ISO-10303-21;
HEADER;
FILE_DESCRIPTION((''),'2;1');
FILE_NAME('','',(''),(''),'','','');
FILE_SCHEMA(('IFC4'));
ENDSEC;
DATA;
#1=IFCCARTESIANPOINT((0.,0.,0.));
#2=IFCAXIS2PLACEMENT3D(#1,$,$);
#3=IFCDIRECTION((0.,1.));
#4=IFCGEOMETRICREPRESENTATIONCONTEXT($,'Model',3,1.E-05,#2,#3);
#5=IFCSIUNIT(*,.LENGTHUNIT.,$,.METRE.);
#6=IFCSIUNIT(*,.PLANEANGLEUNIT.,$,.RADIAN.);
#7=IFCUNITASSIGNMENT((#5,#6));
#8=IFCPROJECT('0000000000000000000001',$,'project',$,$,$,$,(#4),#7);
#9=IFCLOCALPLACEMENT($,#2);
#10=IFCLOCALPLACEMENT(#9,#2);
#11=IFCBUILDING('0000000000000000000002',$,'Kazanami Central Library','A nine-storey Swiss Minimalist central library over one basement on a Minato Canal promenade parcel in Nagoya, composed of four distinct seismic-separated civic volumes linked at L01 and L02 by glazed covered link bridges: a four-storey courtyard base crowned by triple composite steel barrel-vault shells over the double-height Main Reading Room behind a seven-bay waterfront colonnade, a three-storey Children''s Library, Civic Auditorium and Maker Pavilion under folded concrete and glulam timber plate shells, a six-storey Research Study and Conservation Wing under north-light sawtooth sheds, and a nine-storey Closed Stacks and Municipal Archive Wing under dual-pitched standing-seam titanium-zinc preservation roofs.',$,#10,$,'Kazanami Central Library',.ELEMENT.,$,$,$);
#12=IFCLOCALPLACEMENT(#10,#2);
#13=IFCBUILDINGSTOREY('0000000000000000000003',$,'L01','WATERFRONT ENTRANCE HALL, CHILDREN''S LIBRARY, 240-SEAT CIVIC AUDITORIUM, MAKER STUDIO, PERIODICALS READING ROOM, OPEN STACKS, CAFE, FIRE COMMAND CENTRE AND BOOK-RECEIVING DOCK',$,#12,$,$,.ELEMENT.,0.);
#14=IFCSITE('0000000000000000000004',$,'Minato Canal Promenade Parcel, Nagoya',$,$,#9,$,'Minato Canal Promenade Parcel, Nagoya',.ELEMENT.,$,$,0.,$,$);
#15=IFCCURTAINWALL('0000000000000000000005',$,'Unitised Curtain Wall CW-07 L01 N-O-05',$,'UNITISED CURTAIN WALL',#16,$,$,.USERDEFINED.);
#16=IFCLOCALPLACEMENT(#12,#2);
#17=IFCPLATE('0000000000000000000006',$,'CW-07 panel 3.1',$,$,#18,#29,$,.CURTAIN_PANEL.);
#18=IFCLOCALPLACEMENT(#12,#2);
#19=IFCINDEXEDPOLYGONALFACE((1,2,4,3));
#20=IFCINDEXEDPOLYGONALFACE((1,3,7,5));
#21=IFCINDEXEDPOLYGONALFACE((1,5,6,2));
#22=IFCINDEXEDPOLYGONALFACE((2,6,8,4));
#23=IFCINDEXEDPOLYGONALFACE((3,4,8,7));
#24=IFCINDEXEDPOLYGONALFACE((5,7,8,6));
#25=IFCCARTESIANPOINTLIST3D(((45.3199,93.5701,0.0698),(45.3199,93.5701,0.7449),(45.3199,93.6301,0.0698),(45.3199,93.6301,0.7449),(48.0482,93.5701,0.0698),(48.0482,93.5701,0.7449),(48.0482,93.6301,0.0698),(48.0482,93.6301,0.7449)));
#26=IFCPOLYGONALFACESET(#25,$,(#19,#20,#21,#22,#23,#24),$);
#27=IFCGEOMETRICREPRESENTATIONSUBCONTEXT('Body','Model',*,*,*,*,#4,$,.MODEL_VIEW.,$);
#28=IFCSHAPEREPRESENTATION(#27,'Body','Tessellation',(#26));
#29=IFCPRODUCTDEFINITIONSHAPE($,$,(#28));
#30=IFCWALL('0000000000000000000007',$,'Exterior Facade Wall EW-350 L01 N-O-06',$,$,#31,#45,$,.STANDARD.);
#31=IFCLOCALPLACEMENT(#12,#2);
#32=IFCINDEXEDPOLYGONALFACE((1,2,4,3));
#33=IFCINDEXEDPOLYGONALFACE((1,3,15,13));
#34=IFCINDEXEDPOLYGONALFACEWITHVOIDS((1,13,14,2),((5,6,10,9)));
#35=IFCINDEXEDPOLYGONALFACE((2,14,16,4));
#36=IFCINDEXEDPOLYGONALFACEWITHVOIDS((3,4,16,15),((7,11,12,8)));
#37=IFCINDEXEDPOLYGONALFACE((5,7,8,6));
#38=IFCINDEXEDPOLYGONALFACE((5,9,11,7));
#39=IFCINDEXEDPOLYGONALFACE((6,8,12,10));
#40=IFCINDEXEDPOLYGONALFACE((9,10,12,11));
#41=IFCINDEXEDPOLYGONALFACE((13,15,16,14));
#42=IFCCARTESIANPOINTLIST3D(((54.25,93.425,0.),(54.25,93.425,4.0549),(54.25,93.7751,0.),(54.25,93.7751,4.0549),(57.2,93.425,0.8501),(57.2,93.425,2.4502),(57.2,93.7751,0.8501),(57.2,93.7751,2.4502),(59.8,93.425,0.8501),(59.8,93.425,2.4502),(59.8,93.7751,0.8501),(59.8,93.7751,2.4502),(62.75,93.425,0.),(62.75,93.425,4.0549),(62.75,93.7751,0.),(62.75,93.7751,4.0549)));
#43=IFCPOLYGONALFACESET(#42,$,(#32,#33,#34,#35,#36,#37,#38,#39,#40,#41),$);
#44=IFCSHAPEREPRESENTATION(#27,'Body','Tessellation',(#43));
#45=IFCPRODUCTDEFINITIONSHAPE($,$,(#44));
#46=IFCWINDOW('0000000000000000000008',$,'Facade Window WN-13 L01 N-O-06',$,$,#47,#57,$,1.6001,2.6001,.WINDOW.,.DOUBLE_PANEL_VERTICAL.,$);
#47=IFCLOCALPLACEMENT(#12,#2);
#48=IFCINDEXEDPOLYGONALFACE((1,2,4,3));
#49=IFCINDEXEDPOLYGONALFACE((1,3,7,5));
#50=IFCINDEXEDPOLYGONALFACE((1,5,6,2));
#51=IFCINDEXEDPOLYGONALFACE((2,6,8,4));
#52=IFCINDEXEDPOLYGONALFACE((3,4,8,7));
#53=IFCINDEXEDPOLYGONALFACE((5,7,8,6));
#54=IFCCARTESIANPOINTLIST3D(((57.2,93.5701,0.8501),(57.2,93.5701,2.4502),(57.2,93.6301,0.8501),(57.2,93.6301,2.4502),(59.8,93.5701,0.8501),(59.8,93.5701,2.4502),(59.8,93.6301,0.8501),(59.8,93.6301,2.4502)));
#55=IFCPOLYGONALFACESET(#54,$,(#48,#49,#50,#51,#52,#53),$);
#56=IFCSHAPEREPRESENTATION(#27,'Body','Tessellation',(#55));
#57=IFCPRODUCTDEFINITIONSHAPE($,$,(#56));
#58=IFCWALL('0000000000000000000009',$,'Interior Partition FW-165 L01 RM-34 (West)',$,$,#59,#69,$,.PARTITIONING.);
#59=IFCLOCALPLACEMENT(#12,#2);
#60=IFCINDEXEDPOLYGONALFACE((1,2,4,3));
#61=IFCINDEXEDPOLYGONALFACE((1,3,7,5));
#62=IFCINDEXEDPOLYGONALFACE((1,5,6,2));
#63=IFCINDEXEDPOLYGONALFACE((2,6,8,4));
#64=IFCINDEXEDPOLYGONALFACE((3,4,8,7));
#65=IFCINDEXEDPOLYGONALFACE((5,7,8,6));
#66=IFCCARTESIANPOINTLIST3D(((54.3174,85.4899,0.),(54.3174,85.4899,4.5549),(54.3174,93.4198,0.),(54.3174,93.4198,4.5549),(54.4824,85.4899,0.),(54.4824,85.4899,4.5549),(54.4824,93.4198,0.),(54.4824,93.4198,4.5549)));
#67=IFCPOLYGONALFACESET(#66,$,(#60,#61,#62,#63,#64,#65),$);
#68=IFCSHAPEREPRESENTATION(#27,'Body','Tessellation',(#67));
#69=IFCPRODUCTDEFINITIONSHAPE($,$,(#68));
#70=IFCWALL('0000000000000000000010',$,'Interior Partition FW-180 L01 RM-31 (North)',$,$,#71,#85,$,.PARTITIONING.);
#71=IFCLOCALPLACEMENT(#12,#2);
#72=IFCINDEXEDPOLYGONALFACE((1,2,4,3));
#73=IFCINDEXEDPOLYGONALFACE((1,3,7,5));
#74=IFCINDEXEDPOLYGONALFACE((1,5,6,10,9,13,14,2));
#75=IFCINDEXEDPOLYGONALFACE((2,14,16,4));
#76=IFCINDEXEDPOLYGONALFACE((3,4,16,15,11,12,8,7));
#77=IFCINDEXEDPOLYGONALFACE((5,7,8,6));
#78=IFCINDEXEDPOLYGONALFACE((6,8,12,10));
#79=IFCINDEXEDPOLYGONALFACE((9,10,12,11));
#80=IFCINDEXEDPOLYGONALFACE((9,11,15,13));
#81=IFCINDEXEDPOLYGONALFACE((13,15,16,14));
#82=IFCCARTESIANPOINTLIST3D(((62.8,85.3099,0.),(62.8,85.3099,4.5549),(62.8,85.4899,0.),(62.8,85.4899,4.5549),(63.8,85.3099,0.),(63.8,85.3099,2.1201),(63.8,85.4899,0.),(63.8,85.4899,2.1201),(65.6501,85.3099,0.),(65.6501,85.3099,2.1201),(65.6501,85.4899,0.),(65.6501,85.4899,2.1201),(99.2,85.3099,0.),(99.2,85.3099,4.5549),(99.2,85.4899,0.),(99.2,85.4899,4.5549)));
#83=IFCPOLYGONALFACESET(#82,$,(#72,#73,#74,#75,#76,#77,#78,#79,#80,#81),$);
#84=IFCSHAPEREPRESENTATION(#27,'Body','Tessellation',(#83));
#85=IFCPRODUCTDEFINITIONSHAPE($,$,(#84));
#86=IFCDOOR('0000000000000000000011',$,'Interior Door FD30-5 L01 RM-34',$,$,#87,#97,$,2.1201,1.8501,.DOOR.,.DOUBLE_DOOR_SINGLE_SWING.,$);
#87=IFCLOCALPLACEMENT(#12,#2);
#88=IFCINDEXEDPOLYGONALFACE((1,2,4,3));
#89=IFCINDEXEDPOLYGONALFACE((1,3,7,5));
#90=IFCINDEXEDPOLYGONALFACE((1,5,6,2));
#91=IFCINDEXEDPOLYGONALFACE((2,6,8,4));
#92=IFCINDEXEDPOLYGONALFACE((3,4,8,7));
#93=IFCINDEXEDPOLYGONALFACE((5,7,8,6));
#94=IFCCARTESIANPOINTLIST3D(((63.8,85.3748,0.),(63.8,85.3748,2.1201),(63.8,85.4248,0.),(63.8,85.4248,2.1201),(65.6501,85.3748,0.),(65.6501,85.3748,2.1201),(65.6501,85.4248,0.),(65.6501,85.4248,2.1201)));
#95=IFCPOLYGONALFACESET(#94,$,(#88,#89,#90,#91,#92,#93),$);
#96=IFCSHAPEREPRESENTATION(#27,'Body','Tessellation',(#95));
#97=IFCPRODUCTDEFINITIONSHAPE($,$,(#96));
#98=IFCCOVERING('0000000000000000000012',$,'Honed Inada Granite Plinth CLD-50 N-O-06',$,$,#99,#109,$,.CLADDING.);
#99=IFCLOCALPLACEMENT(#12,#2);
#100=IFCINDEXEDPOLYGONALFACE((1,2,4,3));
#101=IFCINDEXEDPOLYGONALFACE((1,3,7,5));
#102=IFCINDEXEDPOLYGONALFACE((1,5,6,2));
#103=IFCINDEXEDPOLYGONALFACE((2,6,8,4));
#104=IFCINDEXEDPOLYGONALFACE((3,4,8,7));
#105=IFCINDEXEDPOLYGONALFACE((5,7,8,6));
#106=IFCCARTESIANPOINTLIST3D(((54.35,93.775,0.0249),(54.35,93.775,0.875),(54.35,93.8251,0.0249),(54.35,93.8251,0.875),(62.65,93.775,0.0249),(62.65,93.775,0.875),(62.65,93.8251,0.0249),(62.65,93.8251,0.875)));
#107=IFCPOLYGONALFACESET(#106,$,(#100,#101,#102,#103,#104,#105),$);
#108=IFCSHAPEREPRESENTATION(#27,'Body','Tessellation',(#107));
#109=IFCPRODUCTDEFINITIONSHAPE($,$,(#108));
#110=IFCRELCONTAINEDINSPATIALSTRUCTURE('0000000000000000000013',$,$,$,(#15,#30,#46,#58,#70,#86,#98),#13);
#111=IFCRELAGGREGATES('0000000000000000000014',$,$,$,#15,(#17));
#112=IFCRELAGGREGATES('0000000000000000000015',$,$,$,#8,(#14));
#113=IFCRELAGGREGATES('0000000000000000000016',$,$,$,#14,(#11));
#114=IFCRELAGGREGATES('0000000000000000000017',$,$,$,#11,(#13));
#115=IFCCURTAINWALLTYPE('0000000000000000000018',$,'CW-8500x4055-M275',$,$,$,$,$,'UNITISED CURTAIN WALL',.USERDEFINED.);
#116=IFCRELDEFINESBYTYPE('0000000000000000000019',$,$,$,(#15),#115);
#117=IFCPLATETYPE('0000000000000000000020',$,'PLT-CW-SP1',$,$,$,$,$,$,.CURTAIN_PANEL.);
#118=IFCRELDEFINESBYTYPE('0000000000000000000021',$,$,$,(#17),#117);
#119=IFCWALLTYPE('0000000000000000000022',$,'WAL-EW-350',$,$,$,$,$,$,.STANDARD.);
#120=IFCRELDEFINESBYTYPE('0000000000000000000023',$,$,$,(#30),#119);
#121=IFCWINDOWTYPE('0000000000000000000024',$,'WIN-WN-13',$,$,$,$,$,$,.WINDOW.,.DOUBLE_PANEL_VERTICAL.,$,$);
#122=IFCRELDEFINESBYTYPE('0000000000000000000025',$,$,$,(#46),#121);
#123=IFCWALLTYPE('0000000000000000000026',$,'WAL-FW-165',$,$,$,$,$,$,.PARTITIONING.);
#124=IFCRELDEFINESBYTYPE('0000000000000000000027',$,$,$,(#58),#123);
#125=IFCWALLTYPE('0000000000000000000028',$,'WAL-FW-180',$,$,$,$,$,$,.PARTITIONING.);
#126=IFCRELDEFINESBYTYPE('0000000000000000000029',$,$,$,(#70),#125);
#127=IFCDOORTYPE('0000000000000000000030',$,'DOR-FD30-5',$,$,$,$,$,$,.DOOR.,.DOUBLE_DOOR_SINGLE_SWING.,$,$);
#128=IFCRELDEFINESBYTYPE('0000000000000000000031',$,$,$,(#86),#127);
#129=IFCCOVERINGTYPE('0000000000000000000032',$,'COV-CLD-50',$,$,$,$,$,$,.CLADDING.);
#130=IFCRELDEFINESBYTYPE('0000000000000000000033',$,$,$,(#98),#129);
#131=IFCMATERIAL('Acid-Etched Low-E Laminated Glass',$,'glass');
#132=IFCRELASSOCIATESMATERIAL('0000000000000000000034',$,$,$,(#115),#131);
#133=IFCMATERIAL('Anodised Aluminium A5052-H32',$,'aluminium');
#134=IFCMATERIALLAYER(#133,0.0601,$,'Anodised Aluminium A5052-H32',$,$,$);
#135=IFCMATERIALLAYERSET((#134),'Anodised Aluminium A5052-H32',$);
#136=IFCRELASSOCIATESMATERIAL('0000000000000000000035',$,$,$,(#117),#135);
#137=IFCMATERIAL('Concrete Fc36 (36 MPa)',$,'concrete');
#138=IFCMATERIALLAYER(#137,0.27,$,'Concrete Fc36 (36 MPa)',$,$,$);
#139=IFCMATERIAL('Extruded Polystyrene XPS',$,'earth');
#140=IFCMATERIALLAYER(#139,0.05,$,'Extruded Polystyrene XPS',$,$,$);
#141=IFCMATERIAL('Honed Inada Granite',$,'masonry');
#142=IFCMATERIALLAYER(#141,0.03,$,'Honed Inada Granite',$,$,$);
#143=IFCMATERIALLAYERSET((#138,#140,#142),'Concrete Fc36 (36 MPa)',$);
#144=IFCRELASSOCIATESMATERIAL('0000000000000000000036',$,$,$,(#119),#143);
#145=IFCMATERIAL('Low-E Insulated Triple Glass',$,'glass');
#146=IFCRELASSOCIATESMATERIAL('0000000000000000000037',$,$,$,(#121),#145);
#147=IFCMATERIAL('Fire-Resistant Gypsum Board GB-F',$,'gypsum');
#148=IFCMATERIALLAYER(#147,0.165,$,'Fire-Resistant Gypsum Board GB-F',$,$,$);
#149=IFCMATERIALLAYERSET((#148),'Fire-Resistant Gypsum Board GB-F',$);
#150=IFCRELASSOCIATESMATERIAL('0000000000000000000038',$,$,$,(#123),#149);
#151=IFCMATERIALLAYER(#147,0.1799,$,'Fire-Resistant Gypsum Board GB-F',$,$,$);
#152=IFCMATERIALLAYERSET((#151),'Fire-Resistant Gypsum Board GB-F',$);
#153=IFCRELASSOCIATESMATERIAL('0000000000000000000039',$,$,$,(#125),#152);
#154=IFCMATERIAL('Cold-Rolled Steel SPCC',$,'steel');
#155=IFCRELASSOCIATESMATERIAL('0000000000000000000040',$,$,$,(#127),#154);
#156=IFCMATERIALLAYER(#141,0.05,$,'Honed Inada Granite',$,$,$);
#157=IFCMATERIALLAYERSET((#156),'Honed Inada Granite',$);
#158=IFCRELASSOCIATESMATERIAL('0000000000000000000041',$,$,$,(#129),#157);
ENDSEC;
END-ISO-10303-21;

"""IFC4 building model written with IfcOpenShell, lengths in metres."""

from ifc_helpers import new_model, si_unit, direction, frame, frame_2d, origin, origin_2d, place, context, subcontext, project, spatial, rectangle, extrude, material, layer, layer_set, type_object, element, fill, aggregate, save


model = new_model("IFC4")

# Units and contexts
model_context = context("Model", 3, precision=1e-05, world=origin(), true_north=direction((0.0, 1.0)))
body_context = subcontext(model_context, "Body", "Model", "MODEL_VIEW")
ifc_project = project(units=[si_unit("LENGTHUNIT", "METRE"), si_unit("PLANEANGLEUNIT", "RADIAN")], contexts=[model_context])

# Site, building, storey
site_placement = place(None, origin())
site = spatial("IfcSite", under=ifc_project, at=site_placement, Name="Minato Canal Promenade Parcel, Nagoya", LongName="Minato Canal Promenade Parcel, Nagoya", CompositionType="ELEMENT", RefElevation=0.0)
building_placement = place(site_placement, origin())
building = spatial("IfcBuilding", under=site, at=building_placement, Name="Kazanami Central Library", Description="A nine-storey Swiss Minimalist central library over one basement on a Minato Canal promenade parcel in Nagoya, composed of four distinct seismic-separated civic volumes linked at L01 and L02 by glazed covered link bridges: a four-storey courtyard base crowned by triple composite steel barrel-vault shells over the double-height Main Reading Room behind a seven-bay waterfront colonnade, a three-storey Children's Library, Civic Auditorium and Maker Pavilion under folded concrete and glulam timber plate shells, a six-storey Research Study and Conservation Wing under north-light sawtooth sheds, and a nine-storey Closed Stacks and Municipal Archive Wing under dual-pitched standing-seam titanium-zinc preservation roofs.", LongName="Kazanami Central Library", CompositionType="ELEMENT")
storey_placement = place(building_placement, origin())
storey = spatial("IfcBuildingStorey", under=building, at=storey_placement, Name="L01", Description="WATERFRONT ENTRANCE HALL, CHILDREN'S LIBRARY, 240-SEAT CIVIC AUDITORIUM, MAKER STUDIO, PERIODICALS READING ROOM, OPEN STACKS, CAFE, FIRE COMMAND CENTRE AND BOOK-RECEIVING DOCK", CompositionType="ELEMENT", Elevation=0.0)

# Curtain wall, plate
ifc_material_1 = material(Name="Acid-Etched Low-E Laminated Glass", Category="glass")
curtain_wall_type = type_object("IfcCurtainWallType", Name="CW-8500x4055-M275", ElementType="UNITISED CURTAIN WALL", PredefinedType="USERDEFINED", material=ifc_material_1)
curtain_wall_placement = place(storey_placement, origin())
curtain_wall = element("IfcCurtainWall", 1, at=curtain_wall_placement, inside=storey, type_object=curtain_wall_type, Name="Unitised Curtain Wall CW-07 L01 N-O-05", ObjectType="UNITISED CURTAIN WALL", PredefinedType="USERDEFINED")
ifc_material_2 = material(Name="Anodised Aluminium A5052-H32", Category="aluminium")
ifc_layer_1 = layer(ifc_material_2, 0.0601, Name="Anodised Aluminium A5052-H32")
ifc_layer_set_1 = layer_set([ifc_layer_1], Name="Anodised Aluminium A5052-H32")
plate_type_1 = type_object("IfcPlateType", Name="PLT-CW-SP1", PredefinedType="CURTAIN_PANEL", material=ifc_layer_set_1)
plate_1_placement = place(storey_placement, frame((46.6841, 93.6001, 0.0698), z_axis=(0.0, 0.0, 1.0), x_axis=(-1.0, 0.0, 0.0)))
plate_1 = element("IfcPlate", 2, at=plate_1_placement, type_object=plate_type_1, Name="CW-07 panel 3.1", PredefinedType="CURTAIN_PANEL", context=body_context, shape_type="SweptSolid", body=[
    extrude(rectangle(XDim=2.7283, YDim=0.0601, at=origin_2d()), origin(), (0.0, 0.0, 1.0), 0.675),
])
aggregate(curtain_wall, [plate_1])

# Wall, opening, window
ifc_material_3 = material(Name="Concrete Fc36 (36 MPa)", Category="concrete")
ifc_layer_2 = layer(ifc_material_3, 0.27, Name="Concrete Fc36 (36 MPa)")
ifc_material_4 = material(Name="Extruded Polystyrene XPS", Category="earth")
ifc_layer_3 = layer(ifc_material_4, 0.05, Name="Extruded Polystyrene XPS")
ifc_material_5 = material(Name="Honed Inada Granite", Category="masonry")
ifc_layer_4 = layer(ifc_material_5, 0.03, Name="Honed Inada Granite")
ifc_layer_set_2 = layer_set([ifc_layer_2, ifc_layer_3, ifc_layer_4], Name="Concrete Fc36 (36 MPa)")
wall_type_1 = type_object("IfcWallType", Name="WAL-EW-350", PredefinedType="STANDARD", material=ifc_layer_set_2)
wall_1_placement = place(storey_placement, frame((62.75, 93.6001, 0.0), z_axis=(0.0, 0.0, 1.0), x_axis=(-1.0, 0.0, 0.0)))
wall_1 = element("IfcWall", 3, at=wall_1_placement, inside=storey, type_object=wall_type_1, Name="Exterior Facade Wall EW-350 L01 N-O-06", PredefinedType="STANDARD", context=body_context, shape_type="SweptSolid", body=[
    extrude(rectangle(XDim=8.5, YDim=0.3501, at=frame_2d((4.25, 0.0))), origin(), (0.0, 0.0, 1.0), 4.0549),
])
opening_1_placement = place(wall_1_placement, frame((2.95, 0.0, 0.8501)))
opening_1 = element("IfcOpeningElement", 4, at=opening_1_placement, cuts=wall_1, PredefinedType="OPENING", context=body_context, shape_type="SweptSolid", body=[
    extrude(rectangle(XDim=2.6001, YDim=1.6001, at=frame_2d((1.3, 0.8))), frame((0.0, 0.187, 0.0), z_axis=(0.0, -1.0, 0.0), x_axis=(1.0, 0.0, 0.0)), (0.0, 0.0, 1.0), 0.374),
])
ifc_material_6 = material(Name="Low-E Insulated Triple Glass", Category="glass")
window_type = type_object("IfcWindowType", Name="WIN-WN-13", PartitioningType="DOUBLE_PANEL_VERTICAL", PredefinedType="WINDOW", material=ifc_material_6)
window_placement = place(opening_1_placement, origin())
window = element("IfcWindow", 5, at=window_placement, inside=storey, type_object=window_type, Name="Facade Window WN-13 L01 N-O-06", OverallHeight=1.6001, OverallWidth=2.6001, PartitioningType="DOUBLE_PANEL_VERTICAL", PredefinedType="WINDOW", context=body_context, shape_type="SweptSolid", body=[
    extrude(rectangle(XDim=2.6001, YDim=1.6001, at=frame_2d((1.3, 0.8))), frame((0.0, 0.03, 0.0), z_axis=(0.0, -1.0, 0.0), x_axis=(1.0, 0.0, 0.0)), (0.0, 0.0, 1.0), 0.0601),
])
fill(opening_1, window)

# Wall
ifc_material_7 = material(Name="Fire-Resistant Gypsum Board GB-F", Category="gypsum")
ifc_layer_5 = layer(ifc_material_7, 0.165, Name="Fire-Resistant Gypsum Board GB-F")
ifc_layer_set_3 = layer_set([ifc_layer_5], Name="Fire-Resistant Gypsum Board GB-F")
wall_type_2 = type_object("IfcWallType", Name="WAL-FW-165", PredefinedType="PARTITIONING", material=ifc_layer_set_3)
wall_2_placement = place(storey_placement, frame((54.3999, 85.49, 0.0), z_axis=(0.0, 0.0, 1.0), x_axis=(0.0, 1.0, 0.0)))
element("IfcWall", 6, at=wall_2_placement, inside=storey, type_object=wall_type_2, Name="Interior Partition FW-165 L01 RM-34 (West)", PredefinedType="PARTITIONING", context=body_context, shape_type="SweptSolid", body=[
    extrude(rectangle(XDim=7.9299, YDim=0.165, at=frame_2d((3.9648, 0.0))), origin(), (0.0, 0.0, 1.0), 4.5549),
])

# Wall, opening, door
ifc_layer_6 = layer(ifc_material_7, 0.1799, Name="Fire-Resistant Gypsum Board GB-F")
ifc_layer_set_4 = layer_set([ifc_layer_6], Name="Fire-Resistant Gypsum Board GB-F")
wall_type_3 = type_object("IfcWallType", Name="WAL-FW-180", PredefinedType="PARTITIONING", material=ifc_layer_set_4)
wall_3_placement = place(storey_placement, frame((62.8, 85.3999, 0.0), z_axis=(0.0, 0.0, 1.0), x_axis=(1.0, 0.0, 0.0)))
wall_3 = element("IfcWall", 7, at=wall_3_placement, inside=storey, type_object=wall_type_3, Name="Interior Partition FW-180 L01 RM-31 (North)", PredefinedType="PARTITIONING", context=body_context, shape_type="SweptSolid", body=[
    extrude(rectangle(XDim=36.3999, YDim=0.1799, at=frame_2d((18.2, 0.0))), origin(), (0.0, 0.0, 1.0), 4.5549),
])
opening_2_placement = place(wall_3_placement, frame((1.0, 0.0, 0.0)))
opening_2 = element("IfcOpeningElement", 8, at=opening_2_placement, cuts=wall_3, PredefinedType="OPENING", context=body_context, shape_type="SweptSolid", body=[
    extrude(rectangle(XDim=1.8501, YDim=2.1201, at=frame_2d((0.925, 1.0601))), frame((0.0, 0.1021, 0.0), z_axis=(0.0, -1.0, 0.0), x_axis=(1.0, 0.0, 0.0)), (0.0, 0.0, 1.0), 0.2039),
])
ifc_material_8 = material(Name="Cold-Rolled Steel SPCC", Category="steel")
door_type = type_object("IfcDoorType", Name="DOR-FD30-5", OperationType="DOUBLE_DOOR_SINGLE_SWING", PredefinedType="DOOR", material=ifc_material_8)
door_placement = place(opening_2_placement, origin())
door = element("IfcDoor", 9, at=door_placement, inside=storey, type_object=door_type, Name="Interior Door FD30-5 L01 RM-34", OperationType="DOUBLE_DOOR_SINGLE_SWING", OverallHeight=2.1201, OverallWidth=1.8501, PredefinedType="DOOR", context=body_context, shape_type="SweptSolid", body=[
    extrude(rectangle(XDim=1.8501, YDim=2.1201, at=frame_2d((0.925, 1.0601))), frame((0.0, 0.0249, 0.0), z_axis=(0.0, -1.0, 0.0), x_axis=(1.0, 0.0, 0.0)), (0.0, 0.0, 1.0), 0.05),
])
fill(opening_2, door)

# Covering
ifc_layer_7 = layer(ifc_material_5, 0.05, Name="Honed Inada Granite")
ifc_layer_set_5 = layer_set([ifc_layer_7], Name="Honed Inada Granite")
covering_type = type_object("IfcCoveringType", Name="COV-CLD-50", PredefinedType="CLADDING", material=ifc_layer_set_5)
covering_placement = place(storey_placement, frame((58.5, 93.8, 0.0249), z_axis=(0.0, 0.0, 1.0), x_axis=(-1.0, 0.0, 0.0)))
element("IfcCovering", 10, at=covering_placement, inside=storey, type_object=covering_type, Name="Honed Inada Granite Plinth CLD-50 N-O-06", PredefinedType="CLADDING", context=body_context, shape_type="SweptSolid", body=[
    extrude(rectangle(XDim=8.3, YDim=0.05, at=origin_2d()), origin(), (0.0, 0.0, 1.0), 0.8501),
])

save(model, "model.ifc")
